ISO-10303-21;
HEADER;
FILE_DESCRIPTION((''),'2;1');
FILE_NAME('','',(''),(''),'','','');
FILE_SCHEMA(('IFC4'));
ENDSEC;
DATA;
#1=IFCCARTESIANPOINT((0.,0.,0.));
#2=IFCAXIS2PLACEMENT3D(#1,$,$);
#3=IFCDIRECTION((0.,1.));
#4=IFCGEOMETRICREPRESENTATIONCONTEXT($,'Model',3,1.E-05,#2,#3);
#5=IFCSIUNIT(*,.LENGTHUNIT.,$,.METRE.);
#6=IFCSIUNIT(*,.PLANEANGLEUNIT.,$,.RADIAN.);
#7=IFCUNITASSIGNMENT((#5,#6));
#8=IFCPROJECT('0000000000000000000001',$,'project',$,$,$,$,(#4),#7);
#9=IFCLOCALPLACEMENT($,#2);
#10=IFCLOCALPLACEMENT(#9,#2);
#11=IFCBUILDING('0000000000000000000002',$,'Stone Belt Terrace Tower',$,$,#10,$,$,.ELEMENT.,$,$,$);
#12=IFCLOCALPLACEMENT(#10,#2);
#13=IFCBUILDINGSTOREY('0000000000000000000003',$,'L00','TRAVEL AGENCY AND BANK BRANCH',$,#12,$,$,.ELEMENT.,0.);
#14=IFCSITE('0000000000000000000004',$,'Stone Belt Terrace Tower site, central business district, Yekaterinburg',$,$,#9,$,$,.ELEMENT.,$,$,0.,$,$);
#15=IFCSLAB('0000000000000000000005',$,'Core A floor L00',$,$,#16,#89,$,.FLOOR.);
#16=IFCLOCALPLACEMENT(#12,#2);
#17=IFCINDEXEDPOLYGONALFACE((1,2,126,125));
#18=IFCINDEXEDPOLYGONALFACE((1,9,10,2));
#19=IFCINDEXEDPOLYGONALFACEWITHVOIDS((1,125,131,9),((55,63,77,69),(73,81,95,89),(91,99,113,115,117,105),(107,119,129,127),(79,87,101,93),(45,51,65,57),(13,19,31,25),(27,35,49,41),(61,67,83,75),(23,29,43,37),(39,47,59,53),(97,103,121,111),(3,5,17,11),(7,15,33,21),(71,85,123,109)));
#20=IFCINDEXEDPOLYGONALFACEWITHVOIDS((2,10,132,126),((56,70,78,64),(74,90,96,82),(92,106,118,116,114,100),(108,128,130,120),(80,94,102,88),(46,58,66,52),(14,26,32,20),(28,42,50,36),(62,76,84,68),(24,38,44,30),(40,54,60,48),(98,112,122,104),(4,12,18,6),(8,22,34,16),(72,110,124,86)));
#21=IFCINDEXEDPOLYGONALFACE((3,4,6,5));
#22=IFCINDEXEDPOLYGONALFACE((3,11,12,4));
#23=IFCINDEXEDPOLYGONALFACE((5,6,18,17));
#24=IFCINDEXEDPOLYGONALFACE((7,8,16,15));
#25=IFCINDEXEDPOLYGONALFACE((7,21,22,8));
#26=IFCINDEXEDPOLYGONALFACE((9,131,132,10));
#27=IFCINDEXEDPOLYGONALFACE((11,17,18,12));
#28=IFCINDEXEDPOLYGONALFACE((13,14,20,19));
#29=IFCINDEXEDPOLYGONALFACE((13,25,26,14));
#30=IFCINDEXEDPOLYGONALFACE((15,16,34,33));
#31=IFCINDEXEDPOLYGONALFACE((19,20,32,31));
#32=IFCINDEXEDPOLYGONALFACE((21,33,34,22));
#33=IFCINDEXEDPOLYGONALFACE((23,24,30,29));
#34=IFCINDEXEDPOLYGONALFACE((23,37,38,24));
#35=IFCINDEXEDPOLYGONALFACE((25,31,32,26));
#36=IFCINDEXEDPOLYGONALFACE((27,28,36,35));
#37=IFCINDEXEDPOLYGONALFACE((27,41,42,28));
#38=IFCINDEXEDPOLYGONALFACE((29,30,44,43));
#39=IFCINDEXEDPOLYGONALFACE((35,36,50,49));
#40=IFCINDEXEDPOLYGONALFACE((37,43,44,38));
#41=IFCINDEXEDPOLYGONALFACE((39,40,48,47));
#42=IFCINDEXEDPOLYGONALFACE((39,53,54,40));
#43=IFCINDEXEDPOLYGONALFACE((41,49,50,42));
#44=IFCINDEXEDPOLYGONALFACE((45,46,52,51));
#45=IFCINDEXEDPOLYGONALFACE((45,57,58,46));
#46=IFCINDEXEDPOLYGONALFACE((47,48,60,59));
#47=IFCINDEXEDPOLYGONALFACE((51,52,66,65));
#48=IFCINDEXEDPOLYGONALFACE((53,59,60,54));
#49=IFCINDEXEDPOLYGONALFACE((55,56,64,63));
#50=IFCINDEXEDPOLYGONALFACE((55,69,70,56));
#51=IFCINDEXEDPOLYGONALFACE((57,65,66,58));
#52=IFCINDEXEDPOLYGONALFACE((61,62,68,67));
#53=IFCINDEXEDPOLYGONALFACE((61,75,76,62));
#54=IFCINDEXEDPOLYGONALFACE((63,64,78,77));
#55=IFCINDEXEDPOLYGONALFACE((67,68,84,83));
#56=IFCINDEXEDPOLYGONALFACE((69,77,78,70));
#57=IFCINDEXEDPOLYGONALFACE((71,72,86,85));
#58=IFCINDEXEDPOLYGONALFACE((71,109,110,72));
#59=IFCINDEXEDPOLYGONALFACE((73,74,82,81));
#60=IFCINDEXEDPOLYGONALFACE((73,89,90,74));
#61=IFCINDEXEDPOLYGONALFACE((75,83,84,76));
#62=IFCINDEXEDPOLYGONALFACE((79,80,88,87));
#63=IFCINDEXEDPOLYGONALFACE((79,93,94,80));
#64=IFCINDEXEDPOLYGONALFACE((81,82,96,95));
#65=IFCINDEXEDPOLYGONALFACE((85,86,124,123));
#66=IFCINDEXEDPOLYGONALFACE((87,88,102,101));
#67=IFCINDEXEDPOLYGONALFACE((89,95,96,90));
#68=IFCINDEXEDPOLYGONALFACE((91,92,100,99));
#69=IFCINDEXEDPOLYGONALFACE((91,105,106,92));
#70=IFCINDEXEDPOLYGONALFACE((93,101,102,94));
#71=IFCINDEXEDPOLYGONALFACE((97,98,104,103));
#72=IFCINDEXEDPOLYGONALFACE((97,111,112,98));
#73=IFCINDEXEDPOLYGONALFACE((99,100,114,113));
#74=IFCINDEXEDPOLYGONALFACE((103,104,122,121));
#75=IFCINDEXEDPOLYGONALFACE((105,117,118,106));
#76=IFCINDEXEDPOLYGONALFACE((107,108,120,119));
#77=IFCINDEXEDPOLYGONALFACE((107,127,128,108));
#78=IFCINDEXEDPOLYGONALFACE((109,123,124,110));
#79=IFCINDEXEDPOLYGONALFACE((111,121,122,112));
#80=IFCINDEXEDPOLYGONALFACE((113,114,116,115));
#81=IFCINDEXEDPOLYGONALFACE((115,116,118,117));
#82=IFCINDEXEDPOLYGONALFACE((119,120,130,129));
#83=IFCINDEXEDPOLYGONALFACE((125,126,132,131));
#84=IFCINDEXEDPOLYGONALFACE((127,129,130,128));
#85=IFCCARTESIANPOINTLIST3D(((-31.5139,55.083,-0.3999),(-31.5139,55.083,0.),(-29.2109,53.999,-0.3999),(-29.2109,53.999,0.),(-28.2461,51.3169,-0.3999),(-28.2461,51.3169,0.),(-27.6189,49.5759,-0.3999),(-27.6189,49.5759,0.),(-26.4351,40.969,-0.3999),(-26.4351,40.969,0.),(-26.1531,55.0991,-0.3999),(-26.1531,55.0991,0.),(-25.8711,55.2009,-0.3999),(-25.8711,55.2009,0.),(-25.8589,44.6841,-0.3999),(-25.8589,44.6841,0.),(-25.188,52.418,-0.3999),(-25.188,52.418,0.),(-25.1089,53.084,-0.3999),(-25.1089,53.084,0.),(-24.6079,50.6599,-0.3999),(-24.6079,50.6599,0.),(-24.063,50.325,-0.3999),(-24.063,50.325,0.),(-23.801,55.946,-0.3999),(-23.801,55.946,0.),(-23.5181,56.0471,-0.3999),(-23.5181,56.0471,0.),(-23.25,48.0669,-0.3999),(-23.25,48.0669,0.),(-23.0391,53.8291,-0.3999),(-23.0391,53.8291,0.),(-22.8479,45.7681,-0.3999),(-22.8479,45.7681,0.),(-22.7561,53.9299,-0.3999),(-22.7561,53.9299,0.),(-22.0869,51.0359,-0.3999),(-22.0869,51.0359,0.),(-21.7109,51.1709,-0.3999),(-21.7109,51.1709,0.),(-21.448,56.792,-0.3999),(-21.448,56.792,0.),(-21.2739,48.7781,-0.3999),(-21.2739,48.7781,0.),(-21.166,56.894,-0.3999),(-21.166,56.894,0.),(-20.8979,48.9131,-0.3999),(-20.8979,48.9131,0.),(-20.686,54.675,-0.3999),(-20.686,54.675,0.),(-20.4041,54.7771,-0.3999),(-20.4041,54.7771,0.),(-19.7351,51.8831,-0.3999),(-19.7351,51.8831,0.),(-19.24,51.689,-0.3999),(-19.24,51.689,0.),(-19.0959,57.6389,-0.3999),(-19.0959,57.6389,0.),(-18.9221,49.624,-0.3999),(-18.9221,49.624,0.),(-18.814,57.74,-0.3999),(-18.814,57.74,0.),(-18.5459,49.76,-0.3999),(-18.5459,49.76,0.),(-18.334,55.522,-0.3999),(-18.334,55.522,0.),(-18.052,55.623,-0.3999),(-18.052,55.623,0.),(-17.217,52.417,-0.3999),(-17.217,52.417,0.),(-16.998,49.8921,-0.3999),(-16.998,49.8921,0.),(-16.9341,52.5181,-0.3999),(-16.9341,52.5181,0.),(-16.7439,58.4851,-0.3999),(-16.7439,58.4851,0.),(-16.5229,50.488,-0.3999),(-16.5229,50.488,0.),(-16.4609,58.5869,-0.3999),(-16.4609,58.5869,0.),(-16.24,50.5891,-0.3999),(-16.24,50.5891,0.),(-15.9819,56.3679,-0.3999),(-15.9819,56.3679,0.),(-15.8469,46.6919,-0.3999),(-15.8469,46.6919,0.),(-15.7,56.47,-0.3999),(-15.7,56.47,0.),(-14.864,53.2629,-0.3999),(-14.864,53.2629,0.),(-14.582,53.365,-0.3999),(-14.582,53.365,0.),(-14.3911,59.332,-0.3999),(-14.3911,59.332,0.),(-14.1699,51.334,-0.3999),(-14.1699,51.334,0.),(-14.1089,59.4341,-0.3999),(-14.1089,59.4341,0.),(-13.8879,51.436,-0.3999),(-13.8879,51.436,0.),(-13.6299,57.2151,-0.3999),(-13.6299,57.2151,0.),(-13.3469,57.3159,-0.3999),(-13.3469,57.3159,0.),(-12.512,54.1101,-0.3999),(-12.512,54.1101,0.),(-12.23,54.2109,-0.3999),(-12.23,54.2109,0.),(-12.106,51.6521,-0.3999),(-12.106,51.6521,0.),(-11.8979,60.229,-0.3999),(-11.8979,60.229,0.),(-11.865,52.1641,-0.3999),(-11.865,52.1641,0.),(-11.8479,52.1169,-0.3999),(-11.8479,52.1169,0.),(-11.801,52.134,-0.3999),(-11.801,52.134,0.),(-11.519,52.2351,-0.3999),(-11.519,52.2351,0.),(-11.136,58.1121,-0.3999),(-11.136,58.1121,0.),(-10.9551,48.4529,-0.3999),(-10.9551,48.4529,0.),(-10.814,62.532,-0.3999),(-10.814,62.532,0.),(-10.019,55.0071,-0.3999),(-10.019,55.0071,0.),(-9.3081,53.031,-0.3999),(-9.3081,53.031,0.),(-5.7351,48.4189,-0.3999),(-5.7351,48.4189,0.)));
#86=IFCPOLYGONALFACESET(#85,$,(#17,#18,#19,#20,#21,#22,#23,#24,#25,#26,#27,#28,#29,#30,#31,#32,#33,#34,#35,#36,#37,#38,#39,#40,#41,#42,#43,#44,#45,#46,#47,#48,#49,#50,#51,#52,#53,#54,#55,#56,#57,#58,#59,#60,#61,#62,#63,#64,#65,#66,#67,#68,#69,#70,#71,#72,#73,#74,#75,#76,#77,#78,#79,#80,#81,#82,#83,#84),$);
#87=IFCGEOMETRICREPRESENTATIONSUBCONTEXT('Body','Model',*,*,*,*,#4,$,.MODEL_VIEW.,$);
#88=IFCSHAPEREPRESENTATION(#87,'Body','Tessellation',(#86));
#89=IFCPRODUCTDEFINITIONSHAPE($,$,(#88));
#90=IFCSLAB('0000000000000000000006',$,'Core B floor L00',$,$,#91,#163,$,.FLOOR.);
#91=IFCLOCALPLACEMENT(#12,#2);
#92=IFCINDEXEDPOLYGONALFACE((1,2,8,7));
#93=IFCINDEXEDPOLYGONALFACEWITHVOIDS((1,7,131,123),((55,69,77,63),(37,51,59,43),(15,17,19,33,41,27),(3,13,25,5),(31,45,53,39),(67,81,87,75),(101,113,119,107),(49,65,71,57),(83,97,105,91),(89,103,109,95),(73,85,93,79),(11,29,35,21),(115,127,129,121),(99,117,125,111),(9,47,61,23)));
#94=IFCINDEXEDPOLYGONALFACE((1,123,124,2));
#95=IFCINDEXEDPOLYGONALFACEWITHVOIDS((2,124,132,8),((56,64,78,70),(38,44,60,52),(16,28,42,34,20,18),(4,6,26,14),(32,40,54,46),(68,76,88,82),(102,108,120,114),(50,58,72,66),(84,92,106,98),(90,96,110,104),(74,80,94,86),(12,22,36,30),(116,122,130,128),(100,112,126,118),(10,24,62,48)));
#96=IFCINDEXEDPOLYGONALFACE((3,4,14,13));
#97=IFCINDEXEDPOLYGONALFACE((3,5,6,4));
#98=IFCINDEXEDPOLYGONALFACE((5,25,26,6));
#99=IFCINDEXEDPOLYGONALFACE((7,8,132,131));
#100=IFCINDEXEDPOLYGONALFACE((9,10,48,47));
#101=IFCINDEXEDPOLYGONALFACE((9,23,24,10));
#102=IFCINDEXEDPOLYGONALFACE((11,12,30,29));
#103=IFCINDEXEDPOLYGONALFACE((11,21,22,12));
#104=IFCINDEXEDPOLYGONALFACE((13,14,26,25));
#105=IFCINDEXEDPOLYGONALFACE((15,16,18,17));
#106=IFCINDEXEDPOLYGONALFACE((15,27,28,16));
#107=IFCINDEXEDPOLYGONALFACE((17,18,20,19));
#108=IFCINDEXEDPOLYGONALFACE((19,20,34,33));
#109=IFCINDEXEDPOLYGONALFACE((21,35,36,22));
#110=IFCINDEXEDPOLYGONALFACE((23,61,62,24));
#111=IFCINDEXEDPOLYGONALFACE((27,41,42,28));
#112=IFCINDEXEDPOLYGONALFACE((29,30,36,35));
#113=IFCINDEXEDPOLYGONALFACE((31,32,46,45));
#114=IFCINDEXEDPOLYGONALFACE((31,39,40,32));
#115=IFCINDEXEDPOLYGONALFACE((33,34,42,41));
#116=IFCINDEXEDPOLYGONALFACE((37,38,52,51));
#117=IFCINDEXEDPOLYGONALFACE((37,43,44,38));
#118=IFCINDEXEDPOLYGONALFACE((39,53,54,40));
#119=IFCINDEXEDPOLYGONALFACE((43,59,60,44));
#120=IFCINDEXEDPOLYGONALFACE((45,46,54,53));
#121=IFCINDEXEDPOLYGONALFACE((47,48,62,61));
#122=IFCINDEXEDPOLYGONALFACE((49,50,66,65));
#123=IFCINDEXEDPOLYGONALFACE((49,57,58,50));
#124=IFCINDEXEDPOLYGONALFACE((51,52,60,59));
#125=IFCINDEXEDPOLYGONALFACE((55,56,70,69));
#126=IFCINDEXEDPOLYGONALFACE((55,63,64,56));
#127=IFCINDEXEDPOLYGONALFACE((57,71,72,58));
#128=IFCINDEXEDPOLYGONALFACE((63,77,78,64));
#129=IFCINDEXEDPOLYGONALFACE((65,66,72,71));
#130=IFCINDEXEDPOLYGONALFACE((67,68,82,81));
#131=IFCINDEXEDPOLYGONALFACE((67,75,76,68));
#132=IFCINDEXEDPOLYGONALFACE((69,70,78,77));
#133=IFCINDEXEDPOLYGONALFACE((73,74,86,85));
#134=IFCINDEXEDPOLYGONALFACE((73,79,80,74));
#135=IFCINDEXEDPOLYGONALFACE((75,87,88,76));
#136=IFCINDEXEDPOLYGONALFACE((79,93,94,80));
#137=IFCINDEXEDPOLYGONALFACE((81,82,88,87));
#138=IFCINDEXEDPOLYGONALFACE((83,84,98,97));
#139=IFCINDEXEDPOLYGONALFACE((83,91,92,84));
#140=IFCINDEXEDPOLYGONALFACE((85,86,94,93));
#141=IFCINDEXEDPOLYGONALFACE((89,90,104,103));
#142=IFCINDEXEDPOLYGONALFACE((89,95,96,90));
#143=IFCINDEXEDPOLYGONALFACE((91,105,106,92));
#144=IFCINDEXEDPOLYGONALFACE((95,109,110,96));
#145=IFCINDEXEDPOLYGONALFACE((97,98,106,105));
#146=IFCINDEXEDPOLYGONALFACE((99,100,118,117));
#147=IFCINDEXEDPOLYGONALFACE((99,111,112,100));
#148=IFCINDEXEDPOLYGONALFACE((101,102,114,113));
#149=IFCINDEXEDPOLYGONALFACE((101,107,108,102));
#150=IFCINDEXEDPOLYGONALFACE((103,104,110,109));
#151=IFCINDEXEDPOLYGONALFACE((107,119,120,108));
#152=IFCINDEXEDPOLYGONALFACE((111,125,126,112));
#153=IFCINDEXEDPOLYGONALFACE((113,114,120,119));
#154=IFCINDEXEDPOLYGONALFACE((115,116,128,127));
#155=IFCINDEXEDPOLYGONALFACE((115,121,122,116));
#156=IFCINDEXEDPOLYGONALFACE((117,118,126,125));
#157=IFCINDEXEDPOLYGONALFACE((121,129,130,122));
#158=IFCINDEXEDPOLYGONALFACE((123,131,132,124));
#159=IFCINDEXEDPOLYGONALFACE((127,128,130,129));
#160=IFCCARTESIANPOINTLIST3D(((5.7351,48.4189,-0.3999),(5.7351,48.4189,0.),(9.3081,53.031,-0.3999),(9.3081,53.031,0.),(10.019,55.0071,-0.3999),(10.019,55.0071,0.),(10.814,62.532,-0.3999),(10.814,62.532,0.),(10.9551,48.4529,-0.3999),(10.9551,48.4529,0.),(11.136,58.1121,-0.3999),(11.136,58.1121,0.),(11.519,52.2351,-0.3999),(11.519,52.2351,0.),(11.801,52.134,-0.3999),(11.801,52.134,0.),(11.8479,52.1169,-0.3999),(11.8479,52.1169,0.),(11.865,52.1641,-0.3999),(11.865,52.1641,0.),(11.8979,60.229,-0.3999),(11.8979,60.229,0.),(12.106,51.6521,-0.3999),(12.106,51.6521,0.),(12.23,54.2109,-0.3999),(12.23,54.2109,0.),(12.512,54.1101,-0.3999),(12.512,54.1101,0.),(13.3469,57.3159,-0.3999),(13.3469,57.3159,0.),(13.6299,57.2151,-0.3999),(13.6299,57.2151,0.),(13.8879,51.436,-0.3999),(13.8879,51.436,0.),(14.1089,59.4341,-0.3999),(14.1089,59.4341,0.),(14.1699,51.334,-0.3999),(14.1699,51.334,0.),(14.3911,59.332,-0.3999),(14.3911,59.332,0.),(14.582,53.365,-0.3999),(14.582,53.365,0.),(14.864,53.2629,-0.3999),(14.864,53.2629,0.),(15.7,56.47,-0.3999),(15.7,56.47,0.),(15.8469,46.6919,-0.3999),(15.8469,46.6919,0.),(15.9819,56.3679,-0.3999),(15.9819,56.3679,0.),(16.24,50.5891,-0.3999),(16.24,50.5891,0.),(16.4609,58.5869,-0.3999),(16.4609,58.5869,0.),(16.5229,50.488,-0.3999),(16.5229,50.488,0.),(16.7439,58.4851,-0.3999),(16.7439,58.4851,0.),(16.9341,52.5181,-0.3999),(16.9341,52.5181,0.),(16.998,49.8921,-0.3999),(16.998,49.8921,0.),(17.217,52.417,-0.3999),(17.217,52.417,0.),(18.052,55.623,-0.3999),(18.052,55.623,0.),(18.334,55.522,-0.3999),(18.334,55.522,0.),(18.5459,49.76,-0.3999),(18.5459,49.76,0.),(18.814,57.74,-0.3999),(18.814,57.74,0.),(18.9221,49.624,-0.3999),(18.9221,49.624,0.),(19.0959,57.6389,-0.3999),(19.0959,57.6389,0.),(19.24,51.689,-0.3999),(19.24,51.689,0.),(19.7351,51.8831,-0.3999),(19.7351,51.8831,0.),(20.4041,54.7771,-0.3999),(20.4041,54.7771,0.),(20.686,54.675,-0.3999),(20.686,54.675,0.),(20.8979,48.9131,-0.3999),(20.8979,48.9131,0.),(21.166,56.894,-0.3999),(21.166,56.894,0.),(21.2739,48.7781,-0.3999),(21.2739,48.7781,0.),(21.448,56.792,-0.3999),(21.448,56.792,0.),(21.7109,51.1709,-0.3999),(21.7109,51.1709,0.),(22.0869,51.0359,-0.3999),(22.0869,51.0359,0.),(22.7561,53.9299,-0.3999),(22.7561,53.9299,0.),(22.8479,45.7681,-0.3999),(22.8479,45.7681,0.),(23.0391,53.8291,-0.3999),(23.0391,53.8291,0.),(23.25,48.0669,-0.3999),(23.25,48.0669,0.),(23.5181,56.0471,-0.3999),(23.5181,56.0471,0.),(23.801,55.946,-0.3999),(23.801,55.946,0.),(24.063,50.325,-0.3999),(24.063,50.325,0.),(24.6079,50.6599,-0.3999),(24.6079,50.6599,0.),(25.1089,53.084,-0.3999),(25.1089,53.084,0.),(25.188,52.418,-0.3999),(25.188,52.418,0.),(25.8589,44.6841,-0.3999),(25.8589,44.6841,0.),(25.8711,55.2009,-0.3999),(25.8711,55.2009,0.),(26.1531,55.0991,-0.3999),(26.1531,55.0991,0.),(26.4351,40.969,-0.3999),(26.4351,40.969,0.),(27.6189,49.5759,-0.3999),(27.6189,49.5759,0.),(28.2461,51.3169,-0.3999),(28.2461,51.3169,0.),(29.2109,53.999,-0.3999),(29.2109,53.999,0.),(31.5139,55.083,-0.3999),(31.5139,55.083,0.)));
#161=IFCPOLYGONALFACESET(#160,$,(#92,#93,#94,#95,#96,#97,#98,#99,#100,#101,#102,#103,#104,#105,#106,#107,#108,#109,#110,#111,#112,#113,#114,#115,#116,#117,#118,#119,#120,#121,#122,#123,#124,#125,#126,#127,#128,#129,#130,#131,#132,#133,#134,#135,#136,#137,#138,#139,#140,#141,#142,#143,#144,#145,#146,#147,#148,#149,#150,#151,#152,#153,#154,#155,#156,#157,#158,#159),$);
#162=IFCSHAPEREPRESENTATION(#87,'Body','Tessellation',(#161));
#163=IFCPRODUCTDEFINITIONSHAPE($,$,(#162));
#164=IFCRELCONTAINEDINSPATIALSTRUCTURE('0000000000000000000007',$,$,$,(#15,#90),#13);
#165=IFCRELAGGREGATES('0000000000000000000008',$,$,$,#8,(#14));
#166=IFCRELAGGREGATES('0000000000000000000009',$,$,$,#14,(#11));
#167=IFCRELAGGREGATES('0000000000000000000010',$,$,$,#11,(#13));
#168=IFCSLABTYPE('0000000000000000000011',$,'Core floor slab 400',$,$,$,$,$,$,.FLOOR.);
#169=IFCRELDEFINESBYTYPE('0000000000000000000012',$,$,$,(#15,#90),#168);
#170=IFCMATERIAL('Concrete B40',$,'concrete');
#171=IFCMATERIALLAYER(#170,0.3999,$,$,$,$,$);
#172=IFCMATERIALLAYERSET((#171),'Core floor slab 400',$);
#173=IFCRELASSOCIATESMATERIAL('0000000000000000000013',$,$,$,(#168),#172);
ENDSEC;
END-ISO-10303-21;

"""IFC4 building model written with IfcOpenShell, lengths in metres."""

from ifc_helpers import new_model, si_unit, direction, frame, origin, place, context, subcontext, project, spatial, polyline, outline, extrude, material, layer, layer_set, type_object, element, save


model = new_model("IFC4")

# Units and contexts
model_context = context("Model", 3, precision=1e-05, world=origin(), true_north=direction((0.0, 1.0)))
body_context = subcontext(model_context, "Body", "Model", "MODEL_VIEW")
ifc_project = project(units=[si_unit("LENGTHUNIT", "METRE"), si_unit("PLANEANGLEUNIT", "RADIAN")], contexts=[model_context])

# Site, building, storey
site_placement = place(None, origin())
site = spatial("IfcSite", under=ifc_project, at=site_placement, Name="Stone Belt Terrace Tower site, central business district, Yekaterinburg", CompositionType="ELEMENT", RefElevation=0.0)
building_placement = place(site_placement, origin())
building = spatial("IfcBuilding", under=site, at=building_placement, Name="Stone Belt Terrace Tower", CompositionType="ELEMENT")
storey_placement = place(building_placement, origin())
storey = spatial("IfcBuildingStorey", under=building, at=storey_placement, Name="L00", Description="TRAVEL AGENCY AND BANK BRANCH", CompositionType="ELEMENT", Elevation=0.0)

# Slabs
ifc_material_1 = material(Name="Concrete B40", Category="concrete")
ifc_layer_1 = layer(ifc_material_1, 0.3999)
ifc_layer_set_1 = layer_set([ifc_layer_1], Name="Core floor slab 400")
slab_type_1 = type_object("IfcSlabType", Name="Core floor slab 400", PredefinedType="FLOOR", material=ifc_layer_set_1)
slab_1_placement = place(storey_placement, frame((0.0, 0.0, -0.3999)))
element("IfcSlab", 1, at=slab_1_placement, inside=storey, type_object=slab_type_1, Name="Core A floor L00", PredefinedType="FLOOR", context=body_context, shape_type="SweptSolid", body=[
    extrude(outline(polyline([(-26.4351, 40.969), (-5.7351, 48.4189), (-10.814, 62.532), (-31.5139, 55.083), (-26.4351, 40.969)]), holes=[polyline([(-24.6079, 50.6599), (-22.8479, 45.7681), (-25.8589, 44.6841), (-27.6189, 49.5759), (-24.6079, 50.6599)]), polyline([(-21.2739, 48.7781), (-23.25, 48.0669), (-24.063, 50.325), (-22.0869, 51.0359), (-21.2739, 48.7781)]), polyline([(-18.9221, 49.624), (-20.8979, 48.9131), (-21.7109, 51.1709), (-19.7351, 51.8831), (-18.9221, 49.624)]), polyline([(-19.24, 51.689), (-17.217, 52.417), (-16.5229, 50.488), (-18.5459, 49.76), (-19.24, 51.689)]), polyline([(-29.2109, 53.999), (-26.1531, 55.0991), (-25.188, 52.418), (-28.2461, 51.3169), (-29.2109, 53.999)]), polyline([(-23.801, 55.946), (-23.0391, 53.8291), (-25.1089, 53.084), (-25.8711, 55.2009), (-23.801, 55.946)]), polyline([(-21.448, 56.792), (-20.686, 54.675), (-22.7561, 53.9299), (-23.5181, 56.0471), (-21.448, 56.792)]), polyline([(-19.0959, 57.6389), (-18.334, 55.522), (-20.4041, 54.7771), (-21.166, 56.894), (-19.0959, 57.6389)]), polyline([(-15.8469, 46.6919), (-16.998, 49.8921), (-12.106, 51.6521), (-10.9551, 48.4529), (-15.8469, 46.6919)]), polyline([(-16.24, 50.5891), (-16.9341, 52.5181), (-14.864, 53.2629), (-14.1699, 51.334), (-16.24, 50.5891)]), polyline([(-11.801, 52.134), (-11.8479, 52.1169), (-11.865, 52.1641), (-13.8879, 51.436), (-14.582, 53.365), (-12.512, 54.1101), (-11.801, 52.134)]), polyline([(-9.3081, 53.031), (-11.519, 52.2351), (-12.23, 54.2109), (-10.019, 55.0071), (-9.3081, 53.031)]), polyline([(-16.7439, 58.4851), (-15.9819, 56.3679), (-18.052, 55.623), (-18.814, 57.74), (-16.7439, 58.4851)]), polyline([(-14.3911, 59.332), (-13.6299, 57.2151), (-15.7, 56.47), (-16.4609, 58.5869), (-14.3911, 59.332)]), polyline([(-11.8979, 60.229), (-11.136, 58.1121), (-13.3469, 57.3159), (-14.1089, 59.4341), (-11.8979, 60.229)])]), origin(), (0.0, 0.0, 1.0), 0.3999),
])
slab_2_placement = place(storey_placement, frame((0.0, 0.0, -0.3999)))
element("IfcSlab", 2, at=slab_2_placement, inside=storey, type_object=slab_type_1, Name="Core B floor L00", PredefinedType="FLOOR", context=body_context, shape_type="SweptSolid", body=[
    extrude(outline(polyline([(26.4351, 40.969), (31.5139, 55.083), (10.814, 62.532), (5.7351, 48.4189), (26.4351, 40.969)]), holes=[polyline([(12.106, 51.6521), (16.998, 49.8921), (15.8469, 46.6919), (10.9551, 48.4529), (12.106, 51.6521)]), polyline([(19.24, 51.689), (18.5459, 49.76), (16.5229, 50.488), (17.217, 52.417), (19.24, 51.689)]), polyline([(16.24, 50.5891), (14.1699, 51.334), (14.864, 53.2629), (16.9341, 52.5181), (16.24, 50.5891)]), polyline([(14.582, 53.365), (13.8879, 51.436), (11.865, 52.1641), (11.8479, 52.1169), (11.801, 52.134), (12.512, 54.1101), (14.582, 53.365)]), polyline([(9.3081, 53.031), (10.019, 55.0071), (12.23, 54.2109), (11.519, 52.2351), (9.3081, 53.031)]), polyline([(16.7439, 58.4851), (18.814, 57.74), (18.052, 55.623), (15.9819, 56.3679), (16.7439, 58.4851)]), polyline([(14.3911, 59.332), (16.4609, 58.5869), (15.7, 56.47), (13.6299, 57.2151), (14.3911, 59.332)]), polyline([(11.8979, 60.229), (14.1089, 59.4341), (13.3469, 57.3159), (11.136, 58.1121), (11.8979, 60.229)]), polyline([(25.8589, 44.6841), (22.8479, 45.7681), (24.6079, 50.6599), (27.6189, 49.5759), (25.8589, 44.6841)]), polyline([(21.2739, 48.7781), (22.0869, 51.0359), (24.063, 50.325), (23.25, 48.0669), (21.2739, 48.7781)]), polyline([(18.9221, 49.624), (19.7351, 51.8831), (21.7109, 51.1709), (20.8979, 48.9131), (18.9221, 49.624)]), polyline([(29.2109, 53.999), (28.2461, 51.3169), (25.188, 52.418), (26.1531, 55.0991), (29.2109, 53.999)]), polyline([(23.801, 55.946), (25.8711, 55.2009), (25.1089, 53.084), (23.0391, 53.8291), (23.801, 55.946)]), polyline([(21.448, 56.792), (23.5181, 56.0471), (22.7561, 53.9299), (20.686, 54.675), (21.448, 56.792)]), polyline([(19.0959, 57.6389), (21.166, 56.894), (20.4041, 54.7771), (18.334, 55.522), (19.0959, 57.6389)])]), origin(), (0.0, 0.0, 1.0), 0.3999),
])

save(model, "model.ifc")
